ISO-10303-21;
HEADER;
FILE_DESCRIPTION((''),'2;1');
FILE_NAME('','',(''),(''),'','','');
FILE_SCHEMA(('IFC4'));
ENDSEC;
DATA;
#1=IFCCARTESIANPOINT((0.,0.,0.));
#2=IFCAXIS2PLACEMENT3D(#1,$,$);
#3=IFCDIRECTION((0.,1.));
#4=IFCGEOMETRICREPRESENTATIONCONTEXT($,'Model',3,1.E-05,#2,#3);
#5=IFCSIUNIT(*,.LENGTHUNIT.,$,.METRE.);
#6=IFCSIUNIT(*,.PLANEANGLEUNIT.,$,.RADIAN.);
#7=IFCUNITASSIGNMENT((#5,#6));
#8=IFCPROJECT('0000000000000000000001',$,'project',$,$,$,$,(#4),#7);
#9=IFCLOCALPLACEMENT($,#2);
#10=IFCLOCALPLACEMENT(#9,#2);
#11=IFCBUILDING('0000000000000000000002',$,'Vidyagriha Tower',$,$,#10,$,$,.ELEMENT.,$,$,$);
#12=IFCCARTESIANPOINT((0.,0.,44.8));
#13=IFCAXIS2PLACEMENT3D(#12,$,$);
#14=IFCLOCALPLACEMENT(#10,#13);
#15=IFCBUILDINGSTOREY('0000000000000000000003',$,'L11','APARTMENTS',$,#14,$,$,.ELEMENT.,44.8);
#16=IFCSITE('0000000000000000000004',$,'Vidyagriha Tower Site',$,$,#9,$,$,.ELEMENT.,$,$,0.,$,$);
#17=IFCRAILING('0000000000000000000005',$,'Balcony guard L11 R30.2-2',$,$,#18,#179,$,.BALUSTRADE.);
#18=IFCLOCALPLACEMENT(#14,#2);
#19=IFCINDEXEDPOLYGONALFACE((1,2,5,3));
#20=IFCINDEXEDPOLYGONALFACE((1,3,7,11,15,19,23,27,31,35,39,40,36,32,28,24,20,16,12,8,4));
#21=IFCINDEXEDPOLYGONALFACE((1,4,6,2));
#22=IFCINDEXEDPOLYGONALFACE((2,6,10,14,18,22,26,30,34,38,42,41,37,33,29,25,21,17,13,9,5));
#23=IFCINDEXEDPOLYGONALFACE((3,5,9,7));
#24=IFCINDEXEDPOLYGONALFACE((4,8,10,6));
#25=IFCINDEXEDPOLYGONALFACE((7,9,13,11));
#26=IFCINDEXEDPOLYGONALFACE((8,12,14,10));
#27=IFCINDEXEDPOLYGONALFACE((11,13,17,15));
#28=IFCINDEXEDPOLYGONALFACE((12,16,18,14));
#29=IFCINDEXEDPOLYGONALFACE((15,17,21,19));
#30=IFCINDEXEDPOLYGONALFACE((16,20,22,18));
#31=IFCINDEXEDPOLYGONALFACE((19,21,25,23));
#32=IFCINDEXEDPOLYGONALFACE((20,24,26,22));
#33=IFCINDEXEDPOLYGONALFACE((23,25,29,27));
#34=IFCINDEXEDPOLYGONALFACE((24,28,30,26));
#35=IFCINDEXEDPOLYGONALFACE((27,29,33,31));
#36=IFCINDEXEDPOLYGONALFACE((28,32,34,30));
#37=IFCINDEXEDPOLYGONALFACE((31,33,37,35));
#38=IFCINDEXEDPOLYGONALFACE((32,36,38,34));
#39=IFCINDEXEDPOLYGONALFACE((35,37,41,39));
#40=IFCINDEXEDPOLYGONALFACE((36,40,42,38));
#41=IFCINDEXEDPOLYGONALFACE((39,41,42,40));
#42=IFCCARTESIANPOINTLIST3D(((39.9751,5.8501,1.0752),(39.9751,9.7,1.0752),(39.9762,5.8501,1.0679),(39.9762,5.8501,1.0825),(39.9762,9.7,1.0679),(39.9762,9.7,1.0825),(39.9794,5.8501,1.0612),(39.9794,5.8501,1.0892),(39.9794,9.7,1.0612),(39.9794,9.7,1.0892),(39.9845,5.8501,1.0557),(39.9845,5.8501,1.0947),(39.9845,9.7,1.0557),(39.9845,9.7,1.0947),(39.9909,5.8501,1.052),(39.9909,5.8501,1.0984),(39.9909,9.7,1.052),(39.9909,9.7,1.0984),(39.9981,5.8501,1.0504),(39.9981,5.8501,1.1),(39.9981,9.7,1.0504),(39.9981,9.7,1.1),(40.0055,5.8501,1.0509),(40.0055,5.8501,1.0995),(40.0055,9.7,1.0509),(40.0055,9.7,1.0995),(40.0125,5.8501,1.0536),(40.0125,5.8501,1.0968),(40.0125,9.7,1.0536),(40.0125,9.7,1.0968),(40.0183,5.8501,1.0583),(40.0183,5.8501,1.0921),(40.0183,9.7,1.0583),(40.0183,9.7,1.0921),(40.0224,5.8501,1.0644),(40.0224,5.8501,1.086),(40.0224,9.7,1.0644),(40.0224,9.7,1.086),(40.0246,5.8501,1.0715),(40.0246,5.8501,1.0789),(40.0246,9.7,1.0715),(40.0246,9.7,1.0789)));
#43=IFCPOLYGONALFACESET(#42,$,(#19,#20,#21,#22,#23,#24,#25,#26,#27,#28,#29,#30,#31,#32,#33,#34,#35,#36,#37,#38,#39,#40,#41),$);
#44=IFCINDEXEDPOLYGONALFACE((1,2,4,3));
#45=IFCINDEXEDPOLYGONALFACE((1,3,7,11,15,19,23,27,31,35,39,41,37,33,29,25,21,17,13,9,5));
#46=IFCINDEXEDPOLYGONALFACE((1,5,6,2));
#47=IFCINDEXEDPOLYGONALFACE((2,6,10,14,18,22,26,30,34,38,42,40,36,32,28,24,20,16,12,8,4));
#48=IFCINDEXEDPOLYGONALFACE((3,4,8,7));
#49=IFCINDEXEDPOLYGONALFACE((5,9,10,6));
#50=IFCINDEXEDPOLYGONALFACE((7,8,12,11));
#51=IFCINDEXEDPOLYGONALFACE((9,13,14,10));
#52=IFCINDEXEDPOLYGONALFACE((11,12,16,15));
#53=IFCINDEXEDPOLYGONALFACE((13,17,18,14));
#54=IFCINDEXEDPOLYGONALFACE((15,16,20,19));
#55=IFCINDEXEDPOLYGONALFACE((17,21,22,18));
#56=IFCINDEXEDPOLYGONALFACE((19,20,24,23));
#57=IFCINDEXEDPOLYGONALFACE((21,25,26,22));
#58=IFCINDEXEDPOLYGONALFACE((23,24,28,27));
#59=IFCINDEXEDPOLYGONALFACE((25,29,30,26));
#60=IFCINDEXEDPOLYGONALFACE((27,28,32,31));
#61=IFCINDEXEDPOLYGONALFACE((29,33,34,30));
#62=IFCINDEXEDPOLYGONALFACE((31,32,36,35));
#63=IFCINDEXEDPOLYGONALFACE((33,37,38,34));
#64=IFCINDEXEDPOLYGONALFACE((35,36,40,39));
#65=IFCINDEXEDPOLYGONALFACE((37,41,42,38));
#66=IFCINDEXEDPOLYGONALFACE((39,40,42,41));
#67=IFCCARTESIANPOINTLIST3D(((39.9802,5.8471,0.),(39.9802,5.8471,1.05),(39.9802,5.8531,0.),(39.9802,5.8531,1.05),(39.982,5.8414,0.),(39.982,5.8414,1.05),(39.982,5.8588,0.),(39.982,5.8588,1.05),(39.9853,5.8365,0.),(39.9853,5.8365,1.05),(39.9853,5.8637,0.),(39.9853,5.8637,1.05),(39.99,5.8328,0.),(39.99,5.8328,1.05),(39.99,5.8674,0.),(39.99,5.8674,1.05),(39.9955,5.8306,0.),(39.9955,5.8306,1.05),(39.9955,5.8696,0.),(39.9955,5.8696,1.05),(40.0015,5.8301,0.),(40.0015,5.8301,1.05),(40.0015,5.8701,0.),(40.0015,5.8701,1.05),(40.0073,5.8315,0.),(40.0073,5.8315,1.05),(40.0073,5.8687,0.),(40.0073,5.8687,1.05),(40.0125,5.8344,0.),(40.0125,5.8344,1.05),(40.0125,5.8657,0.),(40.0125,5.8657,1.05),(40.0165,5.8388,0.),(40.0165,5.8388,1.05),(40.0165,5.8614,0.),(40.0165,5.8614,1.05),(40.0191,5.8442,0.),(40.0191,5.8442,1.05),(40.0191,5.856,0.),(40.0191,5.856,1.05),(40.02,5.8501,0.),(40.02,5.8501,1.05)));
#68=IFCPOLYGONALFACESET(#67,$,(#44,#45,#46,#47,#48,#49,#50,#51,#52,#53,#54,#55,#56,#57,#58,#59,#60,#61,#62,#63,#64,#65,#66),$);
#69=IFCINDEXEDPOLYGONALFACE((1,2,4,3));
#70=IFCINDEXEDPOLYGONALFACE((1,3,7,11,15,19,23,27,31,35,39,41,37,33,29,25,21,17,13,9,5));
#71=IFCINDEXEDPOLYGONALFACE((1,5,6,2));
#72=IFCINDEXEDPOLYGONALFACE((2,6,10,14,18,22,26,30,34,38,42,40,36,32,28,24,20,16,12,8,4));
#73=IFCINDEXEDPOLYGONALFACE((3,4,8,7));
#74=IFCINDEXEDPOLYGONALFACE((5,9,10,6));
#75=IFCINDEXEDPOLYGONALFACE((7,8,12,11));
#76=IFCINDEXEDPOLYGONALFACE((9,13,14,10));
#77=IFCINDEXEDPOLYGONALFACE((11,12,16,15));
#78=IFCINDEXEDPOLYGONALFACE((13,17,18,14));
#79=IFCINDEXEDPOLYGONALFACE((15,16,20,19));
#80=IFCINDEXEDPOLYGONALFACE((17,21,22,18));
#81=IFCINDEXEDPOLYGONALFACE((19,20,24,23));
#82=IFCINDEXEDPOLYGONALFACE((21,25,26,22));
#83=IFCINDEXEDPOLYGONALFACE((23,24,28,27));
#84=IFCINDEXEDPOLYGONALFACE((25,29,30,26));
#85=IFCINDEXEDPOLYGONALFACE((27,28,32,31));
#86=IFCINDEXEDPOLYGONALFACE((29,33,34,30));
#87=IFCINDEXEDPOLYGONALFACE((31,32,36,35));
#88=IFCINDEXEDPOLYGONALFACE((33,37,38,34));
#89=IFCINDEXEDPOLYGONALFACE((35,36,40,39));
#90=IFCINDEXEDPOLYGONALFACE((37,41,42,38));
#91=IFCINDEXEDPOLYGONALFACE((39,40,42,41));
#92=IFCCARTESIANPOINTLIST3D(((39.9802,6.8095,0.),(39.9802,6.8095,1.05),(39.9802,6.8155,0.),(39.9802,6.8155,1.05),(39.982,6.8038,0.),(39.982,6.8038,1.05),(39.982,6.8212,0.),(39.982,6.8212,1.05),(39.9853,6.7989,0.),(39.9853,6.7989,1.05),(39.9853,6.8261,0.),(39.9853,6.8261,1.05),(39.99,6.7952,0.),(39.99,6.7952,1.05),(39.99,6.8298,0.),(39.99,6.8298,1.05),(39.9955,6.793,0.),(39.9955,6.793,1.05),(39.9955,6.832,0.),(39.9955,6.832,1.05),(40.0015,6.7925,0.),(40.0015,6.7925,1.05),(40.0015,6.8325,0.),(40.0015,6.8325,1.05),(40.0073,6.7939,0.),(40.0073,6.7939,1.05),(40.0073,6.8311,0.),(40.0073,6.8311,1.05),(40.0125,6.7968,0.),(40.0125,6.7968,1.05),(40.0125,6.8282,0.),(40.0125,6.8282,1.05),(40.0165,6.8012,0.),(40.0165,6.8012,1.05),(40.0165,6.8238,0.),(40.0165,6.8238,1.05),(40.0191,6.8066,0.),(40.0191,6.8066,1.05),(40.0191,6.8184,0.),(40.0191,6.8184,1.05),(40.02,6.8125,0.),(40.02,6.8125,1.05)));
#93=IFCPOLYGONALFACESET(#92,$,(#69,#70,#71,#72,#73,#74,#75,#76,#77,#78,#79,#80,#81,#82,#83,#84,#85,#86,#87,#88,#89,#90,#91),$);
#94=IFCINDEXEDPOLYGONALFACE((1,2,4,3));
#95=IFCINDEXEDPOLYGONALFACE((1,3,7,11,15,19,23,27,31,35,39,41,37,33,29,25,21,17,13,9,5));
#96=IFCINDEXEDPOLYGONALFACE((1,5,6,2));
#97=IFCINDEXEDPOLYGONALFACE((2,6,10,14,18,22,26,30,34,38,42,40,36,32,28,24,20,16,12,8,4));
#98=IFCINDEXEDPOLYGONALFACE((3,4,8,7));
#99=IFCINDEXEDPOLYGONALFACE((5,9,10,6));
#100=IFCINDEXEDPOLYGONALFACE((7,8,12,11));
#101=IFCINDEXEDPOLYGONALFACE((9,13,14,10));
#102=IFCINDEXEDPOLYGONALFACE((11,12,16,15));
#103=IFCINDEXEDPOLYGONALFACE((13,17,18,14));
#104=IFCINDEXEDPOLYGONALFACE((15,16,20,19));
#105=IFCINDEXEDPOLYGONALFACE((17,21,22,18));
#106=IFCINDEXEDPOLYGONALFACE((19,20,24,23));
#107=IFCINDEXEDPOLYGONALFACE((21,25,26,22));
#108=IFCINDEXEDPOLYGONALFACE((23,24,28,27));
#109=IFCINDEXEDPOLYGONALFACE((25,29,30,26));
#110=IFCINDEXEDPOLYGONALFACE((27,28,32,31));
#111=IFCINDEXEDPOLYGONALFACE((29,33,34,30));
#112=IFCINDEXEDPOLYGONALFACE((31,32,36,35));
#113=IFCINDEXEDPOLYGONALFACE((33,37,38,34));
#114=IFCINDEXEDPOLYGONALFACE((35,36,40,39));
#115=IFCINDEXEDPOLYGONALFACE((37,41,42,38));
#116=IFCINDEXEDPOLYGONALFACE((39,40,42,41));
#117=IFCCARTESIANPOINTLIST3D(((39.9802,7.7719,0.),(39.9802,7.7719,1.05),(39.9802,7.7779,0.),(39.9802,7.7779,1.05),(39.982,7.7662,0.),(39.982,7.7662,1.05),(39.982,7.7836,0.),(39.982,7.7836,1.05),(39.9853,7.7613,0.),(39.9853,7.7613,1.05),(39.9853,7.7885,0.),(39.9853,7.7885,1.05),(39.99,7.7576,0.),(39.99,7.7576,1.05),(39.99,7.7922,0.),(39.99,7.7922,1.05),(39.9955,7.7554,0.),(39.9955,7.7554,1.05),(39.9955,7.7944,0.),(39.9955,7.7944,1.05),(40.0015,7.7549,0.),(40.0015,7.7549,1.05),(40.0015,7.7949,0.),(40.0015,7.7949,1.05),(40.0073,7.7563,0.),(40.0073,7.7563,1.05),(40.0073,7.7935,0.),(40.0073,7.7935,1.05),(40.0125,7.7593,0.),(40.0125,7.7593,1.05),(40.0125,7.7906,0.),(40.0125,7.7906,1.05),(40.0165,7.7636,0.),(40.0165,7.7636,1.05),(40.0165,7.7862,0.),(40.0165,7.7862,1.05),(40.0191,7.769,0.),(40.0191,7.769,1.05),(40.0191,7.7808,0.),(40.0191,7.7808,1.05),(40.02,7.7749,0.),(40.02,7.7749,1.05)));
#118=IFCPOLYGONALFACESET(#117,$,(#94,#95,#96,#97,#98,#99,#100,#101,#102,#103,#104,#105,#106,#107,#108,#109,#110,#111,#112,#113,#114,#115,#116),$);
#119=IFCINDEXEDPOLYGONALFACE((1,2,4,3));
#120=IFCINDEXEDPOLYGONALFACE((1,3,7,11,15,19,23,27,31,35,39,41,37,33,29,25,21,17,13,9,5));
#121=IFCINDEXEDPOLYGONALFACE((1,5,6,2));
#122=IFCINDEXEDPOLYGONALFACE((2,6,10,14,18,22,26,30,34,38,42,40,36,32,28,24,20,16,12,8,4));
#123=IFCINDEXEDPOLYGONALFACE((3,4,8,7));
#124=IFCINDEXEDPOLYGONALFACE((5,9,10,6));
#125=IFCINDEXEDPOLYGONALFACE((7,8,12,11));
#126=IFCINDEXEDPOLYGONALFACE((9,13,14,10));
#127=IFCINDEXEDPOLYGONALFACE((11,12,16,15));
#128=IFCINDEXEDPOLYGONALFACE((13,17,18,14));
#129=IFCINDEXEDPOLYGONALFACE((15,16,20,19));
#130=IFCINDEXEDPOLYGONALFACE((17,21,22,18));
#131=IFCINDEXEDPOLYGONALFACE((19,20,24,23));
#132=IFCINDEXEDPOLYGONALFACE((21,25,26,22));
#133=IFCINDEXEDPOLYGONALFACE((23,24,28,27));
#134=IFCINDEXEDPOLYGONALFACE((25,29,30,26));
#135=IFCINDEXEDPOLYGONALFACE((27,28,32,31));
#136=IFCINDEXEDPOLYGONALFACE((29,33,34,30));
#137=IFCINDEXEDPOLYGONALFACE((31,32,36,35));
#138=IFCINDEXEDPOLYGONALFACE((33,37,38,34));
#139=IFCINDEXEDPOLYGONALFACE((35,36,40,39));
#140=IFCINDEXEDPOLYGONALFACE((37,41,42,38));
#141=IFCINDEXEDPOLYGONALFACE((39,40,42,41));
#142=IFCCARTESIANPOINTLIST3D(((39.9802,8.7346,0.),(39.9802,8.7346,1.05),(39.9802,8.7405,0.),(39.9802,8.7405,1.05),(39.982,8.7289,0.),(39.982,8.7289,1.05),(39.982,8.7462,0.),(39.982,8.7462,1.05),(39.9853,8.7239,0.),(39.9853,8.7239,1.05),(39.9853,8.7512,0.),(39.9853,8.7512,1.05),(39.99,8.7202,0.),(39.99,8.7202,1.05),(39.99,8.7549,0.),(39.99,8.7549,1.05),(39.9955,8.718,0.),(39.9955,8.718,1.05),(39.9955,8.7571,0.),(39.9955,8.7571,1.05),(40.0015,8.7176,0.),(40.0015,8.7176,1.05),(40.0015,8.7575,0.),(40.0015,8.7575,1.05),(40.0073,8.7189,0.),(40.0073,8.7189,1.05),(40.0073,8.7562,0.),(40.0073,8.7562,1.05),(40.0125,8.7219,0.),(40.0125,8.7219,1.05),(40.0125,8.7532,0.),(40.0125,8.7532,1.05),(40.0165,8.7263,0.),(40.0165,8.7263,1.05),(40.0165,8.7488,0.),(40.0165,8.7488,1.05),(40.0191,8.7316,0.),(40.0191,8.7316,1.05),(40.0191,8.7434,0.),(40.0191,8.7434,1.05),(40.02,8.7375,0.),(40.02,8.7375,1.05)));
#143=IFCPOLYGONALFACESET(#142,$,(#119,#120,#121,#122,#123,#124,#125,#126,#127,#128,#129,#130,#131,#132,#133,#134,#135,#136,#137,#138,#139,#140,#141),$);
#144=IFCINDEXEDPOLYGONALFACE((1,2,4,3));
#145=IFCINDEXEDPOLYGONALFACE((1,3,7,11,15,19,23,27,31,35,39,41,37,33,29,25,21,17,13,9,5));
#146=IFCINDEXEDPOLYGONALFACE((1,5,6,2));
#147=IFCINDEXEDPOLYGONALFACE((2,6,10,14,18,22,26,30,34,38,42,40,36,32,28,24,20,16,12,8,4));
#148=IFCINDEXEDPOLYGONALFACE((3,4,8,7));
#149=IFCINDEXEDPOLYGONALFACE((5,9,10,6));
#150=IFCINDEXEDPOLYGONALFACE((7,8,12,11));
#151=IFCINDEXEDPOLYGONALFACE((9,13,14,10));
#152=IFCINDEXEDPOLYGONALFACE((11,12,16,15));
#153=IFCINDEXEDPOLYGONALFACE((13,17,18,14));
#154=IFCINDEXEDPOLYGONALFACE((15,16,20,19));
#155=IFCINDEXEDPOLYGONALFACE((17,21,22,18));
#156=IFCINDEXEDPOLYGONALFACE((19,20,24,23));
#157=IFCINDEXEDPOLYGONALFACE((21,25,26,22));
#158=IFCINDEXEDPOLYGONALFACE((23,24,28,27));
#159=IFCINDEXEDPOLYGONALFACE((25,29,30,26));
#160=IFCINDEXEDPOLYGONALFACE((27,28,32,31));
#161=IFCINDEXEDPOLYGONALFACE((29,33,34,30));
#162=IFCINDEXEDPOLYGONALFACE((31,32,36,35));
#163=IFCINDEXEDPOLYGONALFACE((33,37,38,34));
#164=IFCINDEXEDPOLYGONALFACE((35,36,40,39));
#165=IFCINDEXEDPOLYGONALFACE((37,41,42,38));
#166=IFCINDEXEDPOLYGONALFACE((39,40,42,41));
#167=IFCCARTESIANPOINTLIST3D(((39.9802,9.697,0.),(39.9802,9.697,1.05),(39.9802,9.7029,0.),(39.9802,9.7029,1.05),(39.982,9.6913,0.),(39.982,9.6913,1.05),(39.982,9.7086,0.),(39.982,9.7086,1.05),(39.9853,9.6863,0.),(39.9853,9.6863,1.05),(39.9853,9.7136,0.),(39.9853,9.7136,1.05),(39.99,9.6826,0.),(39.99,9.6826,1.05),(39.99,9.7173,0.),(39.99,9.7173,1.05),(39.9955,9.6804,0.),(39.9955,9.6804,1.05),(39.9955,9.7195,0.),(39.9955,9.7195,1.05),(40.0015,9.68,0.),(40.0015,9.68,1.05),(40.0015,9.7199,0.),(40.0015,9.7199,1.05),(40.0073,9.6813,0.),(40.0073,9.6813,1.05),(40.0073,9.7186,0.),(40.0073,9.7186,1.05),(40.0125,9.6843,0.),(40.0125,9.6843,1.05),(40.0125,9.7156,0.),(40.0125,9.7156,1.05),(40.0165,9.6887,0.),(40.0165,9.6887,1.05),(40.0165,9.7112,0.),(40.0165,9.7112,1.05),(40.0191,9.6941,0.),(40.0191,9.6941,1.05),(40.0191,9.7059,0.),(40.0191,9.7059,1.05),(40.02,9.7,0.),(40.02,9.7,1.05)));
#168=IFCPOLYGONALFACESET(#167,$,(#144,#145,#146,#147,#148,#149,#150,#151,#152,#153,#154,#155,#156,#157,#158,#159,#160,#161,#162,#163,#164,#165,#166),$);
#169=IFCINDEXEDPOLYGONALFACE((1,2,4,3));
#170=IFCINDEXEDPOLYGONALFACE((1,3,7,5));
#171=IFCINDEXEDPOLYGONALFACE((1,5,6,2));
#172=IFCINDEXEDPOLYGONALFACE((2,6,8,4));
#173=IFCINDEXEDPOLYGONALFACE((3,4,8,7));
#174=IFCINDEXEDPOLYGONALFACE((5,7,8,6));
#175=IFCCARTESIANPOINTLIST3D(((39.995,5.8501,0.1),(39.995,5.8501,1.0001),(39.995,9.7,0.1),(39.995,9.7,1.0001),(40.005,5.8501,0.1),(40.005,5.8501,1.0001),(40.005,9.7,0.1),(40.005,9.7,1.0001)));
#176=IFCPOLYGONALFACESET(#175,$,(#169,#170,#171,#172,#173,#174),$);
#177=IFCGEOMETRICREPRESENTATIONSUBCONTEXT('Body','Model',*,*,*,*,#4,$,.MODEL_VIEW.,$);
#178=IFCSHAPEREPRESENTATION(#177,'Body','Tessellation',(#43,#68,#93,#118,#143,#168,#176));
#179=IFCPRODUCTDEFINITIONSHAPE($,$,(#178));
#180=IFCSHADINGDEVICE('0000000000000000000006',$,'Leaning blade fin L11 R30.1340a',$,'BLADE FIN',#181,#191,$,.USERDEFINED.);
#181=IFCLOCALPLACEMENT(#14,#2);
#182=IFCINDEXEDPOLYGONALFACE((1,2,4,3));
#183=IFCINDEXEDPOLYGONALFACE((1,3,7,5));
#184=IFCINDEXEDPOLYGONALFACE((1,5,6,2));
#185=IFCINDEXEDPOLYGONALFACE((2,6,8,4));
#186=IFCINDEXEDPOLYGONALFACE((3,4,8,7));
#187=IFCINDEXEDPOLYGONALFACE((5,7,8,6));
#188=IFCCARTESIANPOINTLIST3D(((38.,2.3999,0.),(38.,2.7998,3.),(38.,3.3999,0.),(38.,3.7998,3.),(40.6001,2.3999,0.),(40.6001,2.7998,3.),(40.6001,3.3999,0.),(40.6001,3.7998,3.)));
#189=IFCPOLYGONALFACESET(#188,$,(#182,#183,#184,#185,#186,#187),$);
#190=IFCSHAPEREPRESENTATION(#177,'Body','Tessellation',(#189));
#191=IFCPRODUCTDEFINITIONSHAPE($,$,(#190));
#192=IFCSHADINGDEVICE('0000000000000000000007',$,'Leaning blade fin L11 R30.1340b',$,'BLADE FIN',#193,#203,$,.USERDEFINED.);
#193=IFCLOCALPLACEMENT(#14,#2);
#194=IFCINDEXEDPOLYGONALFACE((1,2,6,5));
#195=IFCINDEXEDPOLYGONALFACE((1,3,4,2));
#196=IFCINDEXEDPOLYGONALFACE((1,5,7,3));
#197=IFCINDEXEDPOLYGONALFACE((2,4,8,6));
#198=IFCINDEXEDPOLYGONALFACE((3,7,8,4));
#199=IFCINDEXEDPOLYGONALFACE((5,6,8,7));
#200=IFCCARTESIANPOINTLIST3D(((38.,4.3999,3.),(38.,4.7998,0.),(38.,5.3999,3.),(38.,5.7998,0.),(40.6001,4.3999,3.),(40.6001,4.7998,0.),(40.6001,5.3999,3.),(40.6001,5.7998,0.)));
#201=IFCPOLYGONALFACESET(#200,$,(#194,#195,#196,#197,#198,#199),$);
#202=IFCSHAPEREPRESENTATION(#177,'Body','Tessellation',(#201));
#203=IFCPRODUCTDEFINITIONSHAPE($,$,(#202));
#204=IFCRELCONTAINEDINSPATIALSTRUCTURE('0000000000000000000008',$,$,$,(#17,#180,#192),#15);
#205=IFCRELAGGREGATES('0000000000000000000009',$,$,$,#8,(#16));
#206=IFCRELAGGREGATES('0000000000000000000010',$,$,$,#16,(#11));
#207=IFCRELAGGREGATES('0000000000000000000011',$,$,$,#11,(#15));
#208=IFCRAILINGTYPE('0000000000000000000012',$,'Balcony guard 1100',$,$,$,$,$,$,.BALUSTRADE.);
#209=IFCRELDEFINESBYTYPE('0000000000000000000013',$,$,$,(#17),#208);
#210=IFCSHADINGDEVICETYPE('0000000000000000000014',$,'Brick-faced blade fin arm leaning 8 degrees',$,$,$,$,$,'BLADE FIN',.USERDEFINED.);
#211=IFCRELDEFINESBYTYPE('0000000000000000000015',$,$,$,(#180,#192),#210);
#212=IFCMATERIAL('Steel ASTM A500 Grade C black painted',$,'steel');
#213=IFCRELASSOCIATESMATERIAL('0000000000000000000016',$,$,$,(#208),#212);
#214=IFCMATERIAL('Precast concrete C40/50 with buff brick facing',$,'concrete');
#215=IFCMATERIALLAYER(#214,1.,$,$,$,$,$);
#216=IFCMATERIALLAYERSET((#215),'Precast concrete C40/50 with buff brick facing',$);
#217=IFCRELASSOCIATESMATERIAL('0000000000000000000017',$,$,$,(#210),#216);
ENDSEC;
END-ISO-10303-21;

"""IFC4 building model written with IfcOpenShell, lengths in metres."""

from ifc_helpers import new_model, si_unit, direction, frame, origin, origin_2d, place, context, subcontext, project, spatial, polyline, rectangle, circle, outline, extrude, material, layer, layer_set, type_object, element, save


model = new_model("IFC4")

# Units and contexts
model_context = context("Model", 3, precision=1e-05, world=origin(), true_north=direction((0.0, 1.0)))
body_context = subcontext(model_context, "Body", "Model", "MODEL_VIEW")
ifc_project = project(units=[si_unit("LENGTHUNIT", "METRE"), si_unit("PLANEANGLEUNIT", "RADIAN")], contexts=[model_context])

# Site, building, storey
site_placement = place(None, origin())
site = spatial("IfcSite", under=ifc_project, at=site_placement, Name="Vidyagriha Tower Site", CompositionType="ELEMENT", RefElevation=0.0)
building_placement = place(site_placement, origin())
building = spatial("IfcBuilding", under=site, at=building_placement, Name="Vidyagriha Tower", CompositionType="ELEMENT")
storey_placement = place(building_placement, frame((0.0, 0.0, 44.8)))
storey = spatial("IfcBuildingStorey", under=building, at=storey_placement, Name="L11", Description="APARTMENTS", CompositionType="ELEMENT", Elevation=44.8)

# Railing
ifc_material_1 = material(Name="Steel ASTM A500 Grade C black painted", Category="steel")
railing_type_1 = type_object("IfcRailingType", Name="Balcony guard 1100", PredefinedType="BALUSTRADE", material=ifc_material_1)
railing_1_placement = place(storey_placement, frame((40.0, 5.8501, 0.0)))
element("IfcRailing", 1, at=railing_1_placement, inside=storey, type_object=railing_type_1, Name="Balcony guard L11 R30.2-2", PredefinedType="BALUSTRADE", context=body_context, shape_type="SweptSolid", body=[
    extrude(circle(Radius=0.0249, at=origin_2d()), frame((0.0, 0.0, 1.0752), z_axis=(0.0, 1.0, 0.0), x_axis=(-1.0, 0.0, 0.0)), (0.0, 0.0, 1.0), 3.8499),
    extrude(circle(Radius=0.02, at=origin_2d()), origin(), (0.0, 0.0, 1.0), 1.05),
    extrude(circle(Radius=0.02, at=origin_2d()), frame((0.0, 0.9624, 0.0)), (0.0, 0.0, 1.0), 1.05),
    extrude(circle(Radius=0.02, at=origin_2d()), frame((0.0, 1.9248, 0.0)), (0.0, 0.0, 1.0), 1.05),
    extrude(circle(Radius=0.02, at=origin_2d()), frame((0.0, 2.8875, 0.0)), (0.0, 0.0, 1.0), 1.05),
    extrude(circle(Radius=0.02, at=origin_2d()), frame((0.0, 3.8499, 0.0)), (0.0, 0.0, 1.0), 1.05),
    extrude(rectangle(XDim=0.01, YDim=0.9001, at=origin_2d()), frame((0.0, 0.0, 0.55), z_axis=(0.0, 1.0, 0.0), x_axis=(-1.0, 0.0, 0.0)), (0.0, 0.0, 1.0), 3.8499),
])

# Shading devices
ifc_material_2 = material(Name="Precast concrete C40/50 with buff brick facing", Category="concrete")
ifc_layer_1 = layer(ifc_material_2, 1.0)
ifc_layer_set_1 = layer_set([ifc_layer_1], Name="Precast concrete C40/50 with buff brick facing")
shading_device_type_1 = type_object("IfcShadingDeviceType", Name="Brick-faced blade fin arm leaning 8 degrees", ElementType="BLADE FIN", PredefinedType="USERDEFINED", material=ifc_layer_set_1)
shading_device_1_placement = place(storey_placement, frame((39.3, 2.3999, 0.0), z_axis=(0.0, 0.0, 1.0), x_axis=(0.0, 1.0, 0.0)))
element("IfcShadingDevice", 2, at=shading_device_1_placement, inside=storey, type_object=shading_device_type_1, Name="Leaning blade fin L11 R30.1340a", ObjectType="BLADE FIN", PredefinedType="USERDEFINED", context=body_context, shape_type="SweptSolid", body=[
    extrude(outline(polyline([(0.0, 0.0), (1.0, 0.0), (1.3999, 3.0), (0.3999, 3.0), (0.0, 0.0)])), frame((0.0, 1.3, 0.0), z_axis=(0.0, -1.0, 0.0), x_axis=(1.0, 0.0, 0.0)), (0.0, 0.0, 1.0), 2.6001),
])
shading_device_2_placement = place(storey_placement, frame((39.3, 4.3999, 0.0), z_axis=(0.0, 0.0, 1.0), x_axis=(0.0, 1.0, 0.0)))
element("IfcShadingDevice", 3, at=shading_device_2_placement, inside=storey, type_object=shading_device_type_1, Name="Leaning blade fin L11 R30.1340b", ObjectType="BLADE FIN", PredefinedType="USERDEFINED", context=body_context, shape_type="SweptSolid", body=[
    extrude(outline(polyline([(0.3999, 0.0), (1.3999, 0.0), (1.0, 3.0), (0.0, 3.0), (0.3999, 0.0)])), frame((0.0, 1.3, 0.0), z_axis=(0.0, -1.0, 0.0), x_axis=(1.0, 0.0, 0.0)), (0.0, 0.0, 1.0), 2.6001),
])

save(model, "model.ifc")
